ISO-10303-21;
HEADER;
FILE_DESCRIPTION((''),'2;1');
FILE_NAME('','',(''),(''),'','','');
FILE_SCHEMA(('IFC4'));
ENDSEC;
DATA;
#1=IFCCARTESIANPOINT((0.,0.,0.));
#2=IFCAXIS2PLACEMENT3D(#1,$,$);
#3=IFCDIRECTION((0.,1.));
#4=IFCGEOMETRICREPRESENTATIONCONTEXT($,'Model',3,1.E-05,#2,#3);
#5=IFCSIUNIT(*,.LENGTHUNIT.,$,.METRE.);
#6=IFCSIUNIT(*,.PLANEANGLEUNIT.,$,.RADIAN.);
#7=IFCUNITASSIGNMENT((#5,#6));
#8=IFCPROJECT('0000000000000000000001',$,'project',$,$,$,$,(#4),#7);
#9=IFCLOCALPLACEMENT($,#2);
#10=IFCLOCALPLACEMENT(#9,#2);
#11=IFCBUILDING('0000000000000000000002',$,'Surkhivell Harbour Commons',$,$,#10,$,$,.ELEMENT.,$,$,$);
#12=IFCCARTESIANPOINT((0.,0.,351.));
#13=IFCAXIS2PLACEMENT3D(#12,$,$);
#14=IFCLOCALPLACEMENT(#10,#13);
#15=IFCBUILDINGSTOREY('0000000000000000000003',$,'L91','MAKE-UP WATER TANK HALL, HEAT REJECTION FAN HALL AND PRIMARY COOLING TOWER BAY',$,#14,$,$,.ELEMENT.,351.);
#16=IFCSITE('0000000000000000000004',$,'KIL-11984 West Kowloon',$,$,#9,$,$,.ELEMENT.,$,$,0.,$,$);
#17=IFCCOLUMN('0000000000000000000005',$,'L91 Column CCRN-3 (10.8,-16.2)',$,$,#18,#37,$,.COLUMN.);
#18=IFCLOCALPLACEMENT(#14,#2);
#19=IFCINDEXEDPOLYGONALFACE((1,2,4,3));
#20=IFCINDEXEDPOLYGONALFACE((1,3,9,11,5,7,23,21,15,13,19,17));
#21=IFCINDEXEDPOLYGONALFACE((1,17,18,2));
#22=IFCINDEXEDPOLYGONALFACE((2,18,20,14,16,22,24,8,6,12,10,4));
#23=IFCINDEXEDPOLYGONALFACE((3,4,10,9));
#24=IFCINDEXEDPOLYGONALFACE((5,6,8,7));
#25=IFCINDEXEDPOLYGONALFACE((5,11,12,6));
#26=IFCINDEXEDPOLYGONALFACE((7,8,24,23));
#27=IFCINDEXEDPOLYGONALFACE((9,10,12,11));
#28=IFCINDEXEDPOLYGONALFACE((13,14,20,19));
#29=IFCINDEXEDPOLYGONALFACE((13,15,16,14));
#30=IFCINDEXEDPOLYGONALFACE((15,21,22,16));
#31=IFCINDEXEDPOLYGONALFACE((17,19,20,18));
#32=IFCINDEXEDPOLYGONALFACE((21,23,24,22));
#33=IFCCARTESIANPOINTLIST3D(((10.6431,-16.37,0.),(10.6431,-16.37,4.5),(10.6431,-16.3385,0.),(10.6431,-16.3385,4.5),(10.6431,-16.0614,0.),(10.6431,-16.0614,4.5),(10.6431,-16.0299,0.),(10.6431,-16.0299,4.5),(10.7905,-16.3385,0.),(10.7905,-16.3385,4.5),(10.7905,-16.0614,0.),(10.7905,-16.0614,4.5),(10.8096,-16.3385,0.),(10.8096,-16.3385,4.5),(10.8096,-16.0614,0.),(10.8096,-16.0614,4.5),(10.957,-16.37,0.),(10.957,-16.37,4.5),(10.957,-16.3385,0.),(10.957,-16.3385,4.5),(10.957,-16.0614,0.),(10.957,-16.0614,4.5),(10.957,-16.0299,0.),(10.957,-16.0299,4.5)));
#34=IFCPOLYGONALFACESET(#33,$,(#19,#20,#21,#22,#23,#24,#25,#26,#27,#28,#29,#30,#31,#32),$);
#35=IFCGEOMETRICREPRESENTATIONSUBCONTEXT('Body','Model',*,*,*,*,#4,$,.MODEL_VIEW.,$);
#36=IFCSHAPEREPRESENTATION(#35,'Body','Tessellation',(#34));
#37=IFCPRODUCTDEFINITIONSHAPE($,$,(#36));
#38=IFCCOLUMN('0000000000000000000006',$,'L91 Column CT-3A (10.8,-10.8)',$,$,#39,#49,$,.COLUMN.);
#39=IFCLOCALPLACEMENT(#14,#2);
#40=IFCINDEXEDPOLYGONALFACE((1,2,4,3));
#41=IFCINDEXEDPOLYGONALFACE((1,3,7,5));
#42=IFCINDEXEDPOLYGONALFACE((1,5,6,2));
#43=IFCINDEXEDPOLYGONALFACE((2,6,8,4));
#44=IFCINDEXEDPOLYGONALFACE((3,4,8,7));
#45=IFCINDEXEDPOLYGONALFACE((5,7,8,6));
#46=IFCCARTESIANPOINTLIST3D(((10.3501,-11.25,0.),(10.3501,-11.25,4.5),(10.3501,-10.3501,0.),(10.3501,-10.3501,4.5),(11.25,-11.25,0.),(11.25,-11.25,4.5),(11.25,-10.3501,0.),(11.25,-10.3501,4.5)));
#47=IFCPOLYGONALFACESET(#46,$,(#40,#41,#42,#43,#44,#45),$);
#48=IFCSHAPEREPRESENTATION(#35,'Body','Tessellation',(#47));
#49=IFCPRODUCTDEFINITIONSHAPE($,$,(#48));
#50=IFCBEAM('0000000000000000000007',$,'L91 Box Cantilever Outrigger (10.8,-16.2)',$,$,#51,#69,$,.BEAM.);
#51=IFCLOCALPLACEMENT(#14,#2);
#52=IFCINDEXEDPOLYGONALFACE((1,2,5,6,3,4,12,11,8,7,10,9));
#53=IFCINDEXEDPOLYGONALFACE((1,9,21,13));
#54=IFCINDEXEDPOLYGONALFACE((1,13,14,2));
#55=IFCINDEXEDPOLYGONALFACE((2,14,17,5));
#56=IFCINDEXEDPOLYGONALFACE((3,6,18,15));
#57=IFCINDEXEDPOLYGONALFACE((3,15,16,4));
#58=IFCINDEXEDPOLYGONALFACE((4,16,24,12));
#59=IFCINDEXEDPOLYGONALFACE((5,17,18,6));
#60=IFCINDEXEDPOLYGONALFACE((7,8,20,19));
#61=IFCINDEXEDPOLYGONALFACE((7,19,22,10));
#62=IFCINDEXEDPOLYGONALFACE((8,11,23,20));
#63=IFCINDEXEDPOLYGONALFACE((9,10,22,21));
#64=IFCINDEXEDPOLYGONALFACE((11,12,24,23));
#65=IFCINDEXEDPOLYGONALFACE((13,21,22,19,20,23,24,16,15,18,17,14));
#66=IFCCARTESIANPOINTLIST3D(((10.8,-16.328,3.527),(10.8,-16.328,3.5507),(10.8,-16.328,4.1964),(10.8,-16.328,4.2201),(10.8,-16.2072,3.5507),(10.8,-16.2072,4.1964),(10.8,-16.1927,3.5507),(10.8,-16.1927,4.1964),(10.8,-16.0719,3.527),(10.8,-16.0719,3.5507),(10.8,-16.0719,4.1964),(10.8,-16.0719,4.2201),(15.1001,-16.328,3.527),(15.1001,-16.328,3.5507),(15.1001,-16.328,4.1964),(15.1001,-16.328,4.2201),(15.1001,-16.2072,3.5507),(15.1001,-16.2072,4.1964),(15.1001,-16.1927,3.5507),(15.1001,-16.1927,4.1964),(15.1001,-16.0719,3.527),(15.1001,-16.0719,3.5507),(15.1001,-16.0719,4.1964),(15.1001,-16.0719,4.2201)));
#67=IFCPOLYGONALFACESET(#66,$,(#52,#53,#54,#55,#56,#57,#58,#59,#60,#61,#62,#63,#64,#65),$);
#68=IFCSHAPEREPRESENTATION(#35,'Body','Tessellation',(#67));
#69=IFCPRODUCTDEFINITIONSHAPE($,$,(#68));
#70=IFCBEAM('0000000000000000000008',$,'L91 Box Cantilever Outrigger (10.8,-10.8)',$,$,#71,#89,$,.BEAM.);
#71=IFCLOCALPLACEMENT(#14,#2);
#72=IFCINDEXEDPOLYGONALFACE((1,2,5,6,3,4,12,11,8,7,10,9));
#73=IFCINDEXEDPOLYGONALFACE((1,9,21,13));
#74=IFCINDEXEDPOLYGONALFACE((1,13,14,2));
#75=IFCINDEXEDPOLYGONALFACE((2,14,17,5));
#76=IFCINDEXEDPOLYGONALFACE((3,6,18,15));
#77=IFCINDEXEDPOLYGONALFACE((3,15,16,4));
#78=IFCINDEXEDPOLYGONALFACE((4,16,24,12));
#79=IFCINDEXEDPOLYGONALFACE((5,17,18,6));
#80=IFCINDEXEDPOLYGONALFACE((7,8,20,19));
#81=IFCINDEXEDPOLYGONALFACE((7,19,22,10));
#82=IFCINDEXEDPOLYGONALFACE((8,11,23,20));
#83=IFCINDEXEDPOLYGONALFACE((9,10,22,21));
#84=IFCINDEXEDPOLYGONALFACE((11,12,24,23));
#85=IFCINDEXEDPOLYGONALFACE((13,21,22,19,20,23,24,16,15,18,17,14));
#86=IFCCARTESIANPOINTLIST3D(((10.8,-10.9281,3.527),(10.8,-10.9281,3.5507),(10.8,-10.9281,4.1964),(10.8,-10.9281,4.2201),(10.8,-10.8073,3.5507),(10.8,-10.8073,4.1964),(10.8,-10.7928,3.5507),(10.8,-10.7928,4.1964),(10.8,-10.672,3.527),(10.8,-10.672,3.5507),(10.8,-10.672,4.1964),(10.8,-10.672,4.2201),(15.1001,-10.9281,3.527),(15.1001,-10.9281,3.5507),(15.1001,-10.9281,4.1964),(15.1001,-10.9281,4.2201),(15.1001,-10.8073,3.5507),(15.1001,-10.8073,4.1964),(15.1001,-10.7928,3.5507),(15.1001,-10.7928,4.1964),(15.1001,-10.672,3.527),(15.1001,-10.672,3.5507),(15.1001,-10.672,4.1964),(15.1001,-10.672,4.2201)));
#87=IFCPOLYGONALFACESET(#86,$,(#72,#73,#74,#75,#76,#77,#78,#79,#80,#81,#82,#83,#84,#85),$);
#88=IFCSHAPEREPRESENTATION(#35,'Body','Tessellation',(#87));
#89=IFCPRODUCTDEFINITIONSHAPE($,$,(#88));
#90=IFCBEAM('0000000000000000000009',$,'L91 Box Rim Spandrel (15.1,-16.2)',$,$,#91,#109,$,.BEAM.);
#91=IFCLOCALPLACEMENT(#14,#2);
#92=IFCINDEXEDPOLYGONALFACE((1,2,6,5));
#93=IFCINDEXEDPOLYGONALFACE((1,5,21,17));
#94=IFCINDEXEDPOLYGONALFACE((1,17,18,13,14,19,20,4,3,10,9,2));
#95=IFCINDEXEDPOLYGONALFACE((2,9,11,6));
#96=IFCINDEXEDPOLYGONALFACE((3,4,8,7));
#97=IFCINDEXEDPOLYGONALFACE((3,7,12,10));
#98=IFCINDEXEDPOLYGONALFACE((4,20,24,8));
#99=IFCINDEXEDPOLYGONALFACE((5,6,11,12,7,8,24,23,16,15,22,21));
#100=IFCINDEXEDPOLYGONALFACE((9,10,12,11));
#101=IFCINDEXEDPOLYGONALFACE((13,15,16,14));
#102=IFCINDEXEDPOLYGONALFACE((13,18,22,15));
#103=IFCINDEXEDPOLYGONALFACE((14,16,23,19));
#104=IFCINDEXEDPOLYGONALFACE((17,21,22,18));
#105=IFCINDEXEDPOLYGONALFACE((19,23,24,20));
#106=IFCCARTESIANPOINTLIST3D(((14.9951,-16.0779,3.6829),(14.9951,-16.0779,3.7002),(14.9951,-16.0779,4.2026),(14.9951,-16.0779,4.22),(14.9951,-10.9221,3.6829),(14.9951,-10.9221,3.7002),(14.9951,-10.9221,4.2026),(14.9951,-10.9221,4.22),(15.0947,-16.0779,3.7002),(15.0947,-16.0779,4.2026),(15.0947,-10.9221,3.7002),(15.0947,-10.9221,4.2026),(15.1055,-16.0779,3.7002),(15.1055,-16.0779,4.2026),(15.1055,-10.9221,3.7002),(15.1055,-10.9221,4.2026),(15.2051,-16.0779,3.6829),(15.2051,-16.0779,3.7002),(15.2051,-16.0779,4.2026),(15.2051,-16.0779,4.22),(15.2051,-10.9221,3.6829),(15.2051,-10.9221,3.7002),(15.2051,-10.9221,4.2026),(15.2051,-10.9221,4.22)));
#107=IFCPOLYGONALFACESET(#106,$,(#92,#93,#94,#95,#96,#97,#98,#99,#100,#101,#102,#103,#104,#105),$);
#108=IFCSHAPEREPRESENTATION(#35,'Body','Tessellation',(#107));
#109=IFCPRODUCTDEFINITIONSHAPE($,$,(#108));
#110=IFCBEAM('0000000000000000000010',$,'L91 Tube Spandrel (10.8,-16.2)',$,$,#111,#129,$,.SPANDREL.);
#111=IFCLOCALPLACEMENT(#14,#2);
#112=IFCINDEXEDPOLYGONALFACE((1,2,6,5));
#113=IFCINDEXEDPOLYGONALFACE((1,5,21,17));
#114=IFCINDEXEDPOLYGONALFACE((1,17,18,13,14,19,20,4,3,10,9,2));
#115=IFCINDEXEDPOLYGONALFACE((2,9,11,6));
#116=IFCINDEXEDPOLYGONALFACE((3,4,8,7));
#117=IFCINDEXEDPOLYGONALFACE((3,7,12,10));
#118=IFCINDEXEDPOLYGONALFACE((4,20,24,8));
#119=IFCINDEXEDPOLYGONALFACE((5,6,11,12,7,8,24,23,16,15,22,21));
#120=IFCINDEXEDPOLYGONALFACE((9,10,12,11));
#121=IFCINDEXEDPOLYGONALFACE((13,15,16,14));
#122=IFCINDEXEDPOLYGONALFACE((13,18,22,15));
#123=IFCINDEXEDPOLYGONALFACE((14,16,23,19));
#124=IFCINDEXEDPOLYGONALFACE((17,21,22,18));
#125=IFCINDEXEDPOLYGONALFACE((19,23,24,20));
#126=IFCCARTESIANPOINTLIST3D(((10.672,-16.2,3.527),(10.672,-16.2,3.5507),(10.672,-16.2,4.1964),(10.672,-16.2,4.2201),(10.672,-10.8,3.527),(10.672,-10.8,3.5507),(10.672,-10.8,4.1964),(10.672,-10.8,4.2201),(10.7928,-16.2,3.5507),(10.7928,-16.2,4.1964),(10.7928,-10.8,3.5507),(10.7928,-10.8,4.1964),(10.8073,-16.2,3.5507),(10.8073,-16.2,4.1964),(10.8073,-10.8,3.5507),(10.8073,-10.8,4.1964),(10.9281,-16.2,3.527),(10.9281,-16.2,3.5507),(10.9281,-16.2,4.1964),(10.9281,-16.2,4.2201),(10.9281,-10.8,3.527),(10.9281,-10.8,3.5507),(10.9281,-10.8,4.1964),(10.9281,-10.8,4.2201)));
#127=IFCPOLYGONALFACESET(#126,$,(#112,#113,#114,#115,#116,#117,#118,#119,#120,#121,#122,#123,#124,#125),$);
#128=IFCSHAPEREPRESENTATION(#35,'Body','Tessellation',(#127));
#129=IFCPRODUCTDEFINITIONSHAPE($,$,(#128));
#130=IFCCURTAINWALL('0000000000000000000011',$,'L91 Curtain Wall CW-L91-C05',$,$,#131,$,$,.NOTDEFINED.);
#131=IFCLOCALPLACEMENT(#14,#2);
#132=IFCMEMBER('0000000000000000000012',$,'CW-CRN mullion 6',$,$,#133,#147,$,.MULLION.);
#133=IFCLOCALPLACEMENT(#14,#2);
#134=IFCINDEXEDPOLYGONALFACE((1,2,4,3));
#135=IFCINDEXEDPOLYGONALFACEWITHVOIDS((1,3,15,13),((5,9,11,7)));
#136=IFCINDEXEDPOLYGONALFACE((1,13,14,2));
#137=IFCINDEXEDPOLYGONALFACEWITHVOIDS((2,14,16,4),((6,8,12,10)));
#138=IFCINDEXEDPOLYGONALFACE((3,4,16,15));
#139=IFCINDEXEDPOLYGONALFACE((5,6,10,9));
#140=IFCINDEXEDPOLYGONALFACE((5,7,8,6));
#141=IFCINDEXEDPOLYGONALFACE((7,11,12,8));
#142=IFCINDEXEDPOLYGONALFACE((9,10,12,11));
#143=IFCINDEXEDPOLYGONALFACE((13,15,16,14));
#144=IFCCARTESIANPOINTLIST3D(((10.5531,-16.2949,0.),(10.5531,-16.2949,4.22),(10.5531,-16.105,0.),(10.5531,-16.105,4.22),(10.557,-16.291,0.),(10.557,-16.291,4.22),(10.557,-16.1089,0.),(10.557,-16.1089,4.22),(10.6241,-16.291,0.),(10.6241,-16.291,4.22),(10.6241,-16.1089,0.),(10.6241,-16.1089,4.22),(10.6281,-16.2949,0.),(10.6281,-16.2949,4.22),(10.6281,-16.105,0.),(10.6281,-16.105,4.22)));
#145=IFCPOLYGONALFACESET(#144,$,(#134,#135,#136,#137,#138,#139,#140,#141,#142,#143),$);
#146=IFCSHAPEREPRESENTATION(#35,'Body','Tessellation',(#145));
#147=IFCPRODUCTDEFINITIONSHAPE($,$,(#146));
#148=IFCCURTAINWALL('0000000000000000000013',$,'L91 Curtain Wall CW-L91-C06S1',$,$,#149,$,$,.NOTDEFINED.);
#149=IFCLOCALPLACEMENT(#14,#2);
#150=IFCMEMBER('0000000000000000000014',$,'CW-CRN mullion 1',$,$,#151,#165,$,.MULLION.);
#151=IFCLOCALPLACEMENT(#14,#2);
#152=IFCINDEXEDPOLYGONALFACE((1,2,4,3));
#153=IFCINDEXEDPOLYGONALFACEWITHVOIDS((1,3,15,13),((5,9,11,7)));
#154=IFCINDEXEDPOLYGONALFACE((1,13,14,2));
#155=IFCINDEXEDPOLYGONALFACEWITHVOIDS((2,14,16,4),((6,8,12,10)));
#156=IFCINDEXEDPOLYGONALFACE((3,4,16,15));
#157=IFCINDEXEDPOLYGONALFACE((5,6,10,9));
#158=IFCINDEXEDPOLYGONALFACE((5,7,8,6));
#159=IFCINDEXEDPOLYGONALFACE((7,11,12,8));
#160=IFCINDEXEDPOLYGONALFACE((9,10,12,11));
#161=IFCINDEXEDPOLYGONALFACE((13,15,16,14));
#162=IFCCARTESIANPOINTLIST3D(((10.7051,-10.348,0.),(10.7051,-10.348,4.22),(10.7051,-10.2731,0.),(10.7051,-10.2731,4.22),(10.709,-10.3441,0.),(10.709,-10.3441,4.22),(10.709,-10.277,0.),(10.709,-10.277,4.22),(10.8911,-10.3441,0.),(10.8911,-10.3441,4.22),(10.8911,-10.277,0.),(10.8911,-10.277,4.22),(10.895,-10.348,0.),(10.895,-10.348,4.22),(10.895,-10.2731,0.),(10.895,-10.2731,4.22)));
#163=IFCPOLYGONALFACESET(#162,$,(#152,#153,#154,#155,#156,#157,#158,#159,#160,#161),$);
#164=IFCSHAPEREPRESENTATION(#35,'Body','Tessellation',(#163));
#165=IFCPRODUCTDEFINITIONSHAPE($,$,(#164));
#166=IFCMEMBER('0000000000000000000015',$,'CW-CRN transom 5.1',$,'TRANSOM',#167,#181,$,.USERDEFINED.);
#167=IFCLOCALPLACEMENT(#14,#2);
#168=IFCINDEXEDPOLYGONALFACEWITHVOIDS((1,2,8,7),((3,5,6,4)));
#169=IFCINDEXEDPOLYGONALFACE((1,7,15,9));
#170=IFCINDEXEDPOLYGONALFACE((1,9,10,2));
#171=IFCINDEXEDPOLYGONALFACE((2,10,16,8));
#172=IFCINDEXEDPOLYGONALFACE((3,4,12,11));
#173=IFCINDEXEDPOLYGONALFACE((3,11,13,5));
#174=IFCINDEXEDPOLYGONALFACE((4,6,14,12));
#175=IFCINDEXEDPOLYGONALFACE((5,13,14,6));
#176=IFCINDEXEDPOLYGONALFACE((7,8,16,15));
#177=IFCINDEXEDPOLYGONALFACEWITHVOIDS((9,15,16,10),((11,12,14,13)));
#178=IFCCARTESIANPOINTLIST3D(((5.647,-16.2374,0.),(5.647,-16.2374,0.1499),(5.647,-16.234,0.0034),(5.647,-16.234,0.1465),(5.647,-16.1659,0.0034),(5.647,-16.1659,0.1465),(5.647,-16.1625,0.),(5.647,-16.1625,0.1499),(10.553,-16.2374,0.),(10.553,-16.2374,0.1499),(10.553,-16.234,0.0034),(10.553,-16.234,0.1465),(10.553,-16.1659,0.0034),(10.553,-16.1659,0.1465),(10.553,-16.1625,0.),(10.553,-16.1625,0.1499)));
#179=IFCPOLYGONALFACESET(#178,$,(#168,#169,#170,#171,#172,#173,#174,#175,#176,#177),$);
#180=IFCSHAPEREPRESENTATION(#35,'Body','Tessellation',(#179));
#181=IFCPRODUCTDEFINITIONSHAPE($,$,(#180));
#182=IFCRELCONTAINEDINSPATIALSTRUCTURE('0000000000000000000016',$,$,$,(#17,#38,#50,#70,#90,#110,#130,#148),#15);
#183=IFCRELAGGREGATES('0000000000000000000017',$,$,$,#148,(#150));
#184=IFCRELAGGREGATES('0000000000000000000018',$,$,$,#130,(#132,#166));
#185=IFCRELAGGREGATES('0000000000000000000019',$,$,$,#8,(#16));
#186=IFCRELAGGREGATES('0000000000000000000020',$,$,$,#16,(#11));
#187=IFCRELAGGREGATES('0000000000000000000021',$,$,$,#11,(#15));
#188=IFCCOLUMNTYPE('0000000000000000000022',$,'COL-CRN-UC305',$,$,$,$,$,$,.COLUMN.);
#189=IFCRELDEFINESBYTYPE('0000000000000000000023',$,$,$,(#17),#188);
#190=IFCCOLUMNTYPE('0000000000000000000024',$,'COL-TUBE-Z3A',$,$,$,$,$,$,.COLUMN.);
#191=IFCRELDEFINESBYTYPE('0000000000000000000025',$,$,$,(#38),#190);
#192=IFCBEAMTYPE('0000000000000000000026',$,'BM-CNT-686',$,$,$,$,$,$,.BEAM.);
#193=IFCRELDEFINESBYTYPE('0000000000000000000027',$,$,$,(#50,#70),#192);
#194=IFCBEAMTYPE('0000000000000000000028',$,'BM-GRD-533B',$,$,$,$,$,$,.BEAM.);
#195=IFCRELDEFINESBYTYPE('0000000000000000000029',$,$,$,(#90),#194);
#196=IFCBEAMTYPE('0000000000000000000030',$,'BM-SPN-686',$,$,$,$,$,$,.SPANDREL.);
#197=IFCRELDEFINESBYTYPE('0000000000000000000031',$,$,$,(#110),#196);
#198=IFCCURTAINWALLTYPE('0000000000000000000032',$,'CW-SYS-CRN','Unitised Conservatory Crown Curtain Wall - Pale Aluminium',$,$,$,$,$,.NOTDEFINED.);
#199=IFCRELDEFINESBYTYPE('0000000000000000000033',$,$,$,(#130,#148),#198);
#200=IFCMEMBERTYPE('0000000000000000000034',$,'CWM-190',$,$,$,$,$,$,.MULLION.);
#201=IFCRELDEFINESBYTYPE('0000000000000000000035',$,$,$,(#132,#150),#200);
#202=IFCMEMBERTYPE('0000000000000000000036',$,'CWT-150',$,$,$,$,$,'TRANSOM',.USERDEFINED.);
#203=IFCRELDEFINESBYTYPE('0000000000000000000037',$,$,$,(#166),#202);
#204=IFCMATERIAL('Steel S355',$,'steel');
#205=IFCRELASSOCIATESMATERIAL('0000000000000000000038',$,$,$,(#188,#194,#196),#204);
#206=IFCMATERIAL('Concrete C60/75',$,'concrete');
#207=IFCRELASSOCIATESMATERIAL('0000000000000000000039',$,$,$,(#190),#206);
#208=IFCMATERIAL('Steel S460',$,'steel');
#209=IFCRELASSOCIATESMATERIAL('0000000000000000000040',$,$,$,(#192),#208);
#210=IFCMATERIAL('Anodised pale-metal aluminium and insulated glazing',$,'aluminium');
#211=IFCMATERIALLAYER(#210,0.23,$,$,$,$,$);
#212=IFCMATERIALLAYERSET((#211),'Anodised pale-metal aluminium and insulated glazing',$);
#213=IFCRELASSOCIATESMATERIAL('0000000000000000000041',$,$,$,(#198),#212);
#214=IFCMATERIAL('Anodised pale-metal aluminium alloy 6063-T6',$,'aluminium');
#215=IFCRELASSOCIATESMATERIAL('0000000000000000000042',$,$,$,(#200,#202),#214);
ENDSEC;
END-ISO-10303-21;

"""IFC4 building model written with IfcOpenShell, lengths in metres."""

from ifc_helpers import new_model, si_unit, direction, frame, origin, origin_2d, place, context, subcontext, project, spatial, rectangle, hollow_rectangle, i_section, extrude, material, layer, layer_set, material_profile, profile_set, type_object, element, aggregate, save


model = new_model("IFC4")

# Units and contexts
model_context = context("Model", 3, precision=1e-05, world=origin(), true_north=direction((0.0, 1.0)))
body_context = subcontext(model_context, "Body", "Model", "MODEL_VIEW")
ifc_project = project(units=[si_unit("LENGTHUNIT", "METRE"), si_unit("PLANEANGLEUNIT", "RADIAN")], contexts=[model_context])

# Site, building, storey
site_placement = place(None, origin())
site = spatial("IfcSite", under=ifc_project, at=site_placement, Name="KIL-11984 West Kowloon", CompositionType="ELEMENT", RefElevation=0.0)
building_placement = place(site_placement, origin())
building = spatial("IfcBuilding", under=site, at=building_placement, Name="Surkhivell Harbour Commons", CompositionType="ELEMENT")
storey_placement = place(building_placement, frame((0.0, 0.0, 351.0)))
storey = spatial("IfcBuildingStorey", under=building, at=storey_placement, Name="L91", Description="MAKE-UP WATER TANK HALL, HEAT REJECTION FAN HALL AND PRIMARY COOLING TOWER BAY", CompositionType="ELEMENT", Elevation=351.0)

# Columns
ifc_material_1 = material(Name="Steel S355", Category="steel")
ifc_material_profile_1 = material_profile(ifc_material_1, i_section(OverallWidth=0.314, OverallDepth=0.3401, WebThickness=0.019, FlangeThickness=0.0315, at=origin_2d()), Name="UC305x305x198")
ifc_profile_set_1 = profile_set([ifc_material_profile_1], Name="Steel S355")
column_type_1 = type_object("IfcColumnType", Name="COL-CRN-UC305", PredefinedType="COLUMN", material=ifc_profile_set_1)
column_1_placement = place(storey_placement, frame((10.8, -16.2, 0.0), z_axis=(0.0, 0.0, 1.0), x_axis=(1.0, 0.0, 0.0)))
element("IfcColumn", 1, at=column_1_placement, inside=storey, type_object=column_type_1, Name="L91 Column CCRN-3 (10.8,-16.2)", PredefinedType="COLUMN", context=body_context, shape_type="SweptSolid", body=[
    extrude(i_section(OverallWidth=0.314, OverallDepth=0.3401, WebThickness=0.019, FlangeThickness=0.0315, at=origin_2d()), origin(), (0.0, 0.0, 1.0), 4.5),
])
ifc_material_2 = material(Name="Concrete C60/75", Category="concrete")
ifc_material_profile_2 = material_profile(ifc_material_2, rectangle(XDim=0.8999, YDim=0.8999, at=origin_2d()), Name="RC-COL-900x900")
ifc_profile_set_2 = profile_set([ifc_material_profile_2], Name="Concrete C60/75")
column_type_2 = type_object("IfcColumnType", Name="COL-TUBE-Z3A", PredefinedType="COLUMN", material=ifc_profile_set_2)
column_2_placement = place(storey_placement, frame((10.8, -10.8, 0.0), z_axis=(0.0, 0.0, 1.0), x_axis=(1.0, 0.0, 0.0)))
element("IfcColumn", 2, at=column_2_placement, inside=storey, type_object=column_type_2, Name="L91 Column CT-3A (10.8,-10.8)", PredefinedType="COLUMN", context=body_context, shape_type="SweptSolid", body=[
    extrude(rectangle(XDim=0.8999, YDim=0.8999, at=origin_2d()), origin(), (0.0, 0.0, 1.0), 4.5),
])

# Beams
ifc_material_3 = material(Name="Steel S460", Category="steel")
ifc_material_profile_3 = material_profile(ifc_material_3, i_section(OverallWidth=0.2561, OverallDepth=0.6931, WebThickness=0.0144, FlangeThickness=0.0237, at=origin_2d()), Name="UB686x254x170")
ifc_profile_set_3 = profile_set([ifc_material_profile_3], Name="Steel S460")
beam_type_1 = type_object("IfcBeamType", Name="BM-CNT-686", PredefinedType="BEAM", material=ifc_profile_set_3)
for number, where, z_axis, x_axis, name in (
    (3, (10.8, -16.2, 3.8735), (1.0, 0.0, 0.0), (0.0, 1.0, 0.0), "L91 Box Cantilever Outrigger (10.8,-16.2)"),
    (4, (10.8, -10.8, 3.8735), (1.0, 0.0, 0.0), (0.0, 1.0, 0.0), "L91 Box Cantilever Outrigger (10.8,-10.8)"),
):
    element("IfcBeam", number, at=place(storey_placement, frame(where, z_axis=z_axis, x_axis=x_axis)), inside=storey, type_object=beam_type_1, Name=name, PredefinedType="BEAM", context=body_context, shape_type="SweptSolid", body=[
        extrude(i_section(OverallWidth=0.2561, OverallDepth=0.6931, WebThickness=0.0144, FlangeThickness=0.0237, at=origin_2d()), origin(), (0.0, 0.0, 1.0), 4.3),
    ])
ifc_material_profile_4 = material_profile(ifc_material_1, i_section(OverallWidth=0.21, OverallDepth=0.5371, WebThickness=0.0107, FlangeThickness=0.0173, at=origin_2d()), Name="UB533x210x101")
ifc_profile_set_4 = profile_set([ifc_material_profile_4], Name="Steel S355")
beam_type_2 = type_object("IfcBeamType", Name="BM-GRD-533B", PredefinedType="BEAM", material=ifc_profile_set_4)
beam_1_placement = place(storey_placement, frame((15.1001, -16.0779, 3.9514), z_axis=(0.0, 1.0, 0.0), x_axis=(-1.0, 0.0, 0.0)))
element("IfcBeam", 5, at=beam_1_placement, inside=storey, type_object=beam_type_2, Name="L91 Box Rim Spandrel (15.1,-16.2)", PredefinedType="BEAM", context=body_context, shape_type="SweptSolid", body=[
    extrude(i_section(OverallWidth=0.21, OverallDepth=0.5371, WebThickness=0.0107, FlangeThickness=0.0173, at=origin_2d()), origin(), (0.0, 0.0, 1.0), 5.1558),
])
ifc_material_profile_5 = material_profile(ifc_material_1, i_section(OverallWidth=0.2561, OverallDepth=0.6931, WebThickness=0.0144, FlangeThickness=0.0237, at=origin_2d()), Name="UB686x254x170")
ifc_profile_set_5 = profile_set([ifc_material_profile_5], Name="Steel S355")
beam_type_3 = type_object("IfcBeamType", Name="BM-SPN-686", PredefinedType="SPANDREL", material=ifc_profile_set_5)
beam_2_placement = place(storey_placement, frame((10.8, -16.2, 3.8735), z_axis=(0.0, 1.0, 0.0), x_axis=(-1.0, 0.0, 0.0)))
element("IfcBeam", 6, at=beam_2_placement, inside=storey, type_object=beam_type_3, Name="L91 Tube Spandrel (10.8,-16.2)", PredefinedType="SPANDREL", context=body_context, shape_type="SweptSolid", body=[
    extrude(i_section(OverallWidth=0.2561, OverallDepth=0.6931, WebThickness=0.0144, FlangeThickness=0.0237, at=origin_2d()), origin(), (0.0, 0.0, 1.0), 5.3999),
])

# Curtain walls, members
ifc_material_4 = material(Name="Anodised pale-metal aluminium and insulated glazing", Category="aluminium")
ifc_layer_1 = layer(ifc_material_4, 0.23)
ifc_layer_set_1 = layer_set([ifc_layer_1], Name="Anodised pale-metal aluminium and insulated glazing")
curtain_wall_type = type_object("IfcCurtainWallType", Name="CW-SYS-CRN", Description="Unitised Conservatory Crown Curtain Wall - Pale Aluminium", PredefinedType="NOTDEFINED", material=ifc_layer_set_1)
curtain_wall_1_placement = place(storey_placement, origin())
curtain_wall_1 = element("IfcCurtainWall", 7, at=curtain_wall_1_placement, inside=storey, type_object=curtain_wall_type, Name="L91 Curtain Wall CW-L91-C05", PredefinedType="NOTDEFINED")
ifc_material_5 = material(Name="Anodised pale-metal aluminium alloy 6063-T6", Category="aluminium")
ifc_material_profile_6 = material_profile(ifc_material_5, hollow_rectangle(XDim=0.075, YDim=0.1899, WallThickness=0.0039, at=origin_2d()), Name="ALU-MULL-75x190")
ifc_profile_set_6 = profile_set([ifc_material_profile_6], Name="Anodised pale-metal aluminium alloy 6063-T6")
member_type_1 = type_object("IfcMemberType", Name="CWM-190", PredefinedType="MULLION", material=ifc_profile_set_6)
member_1_placement = place(storey_placement, frame((10.5906, -16.2, 0.0), z_axis=(0.0, 0.0, 1.0), x_axis=(1.0, 0.0, 0.0)))
member_1 = element("IfcMember", 8, at=member_1_placement, type_object=member_type_1, Name="CW-CRN mullion 6", PredefinedType="MULLION", context=body_context, shape_type="SweptSolid", body=[
    extrude(hollow_rectangle(XDim=0.075, YDim=0.1899, WallThickness=0.0039, at=origin_2d()), origin(), (0.0, 0.0, 1.0), 4.22),
])
curtain_wall_2_placement = place(storey_placement, origin())
curtain_wall_2 = element("IfcCurtainWall", 9, at=curtain_wall_2_placement, inside=storey, type_object=curtain_wall_type, Name="L91 Curtain Wall CW-L91-C06S1", PredefinedType="NOTDEFINED")
member_2_placement = place(storey_placement, frame((10.8, -10.3105, 0.0), z_axis=(0.0, 0.0, 1.0), x_axis=(0.0, 1.0, 0.0)))
member_2 = element("IfcMember", 10, at=member_2_placement, type_object=member_type_1, Name="CW-CRN mullion 1", PredefinedType="MULLION", context=body_context, shape_type="SweptSolid", body=[
    extrude(hollow_rectangle(XDim=0.075, YDim=0.1899, WallThickness=0.0039, at=origin_2d()), origin(), (0.0, 0.0, 1.0), 4.22),
])
aggregate(curtain_wall_2, [member_2])

# Member
ifc_material_profile_7 = material_profile(ifc_material_5, hollow_rectangle(XDim=0.075, YDim=0.1499, WallThickness=0.0034, at=origin_2d()), Name="ALU-TRAN-75x150")
ifc_profile_set_7 = profile_set([ifc_material_profile_7], Name="Anodised pale-metal aluminium alloy 6063-T6")
member_type_2 = type_object("IfcMemberType", Name="CWT-150", ElementType="TRANSOM", PredefinedType="USERDEFINED", material=ifc_profile_set_7)
member_3_placement = place(storey_placement, frame((5.647, -16.2, 0.075), z_axis=(1.0, 0.0, 0.0), x_axis=(0.0, 1.0, 0.0)))
member_3 = element("IfcMember", 11, at=member_3_placement, type_object=member_type_2, Name="CW-CRN transom 5.1", ObjectType="TRANSOM", PredefinedType="USERDEFINED", context=body_context, shape_type="SweptSolid", body=[
    extrude(hollow_rectangle(XDim=0.075, YDim=0.1499, WallThickness=0.0034, at=origin_2d()), origin(), (0.0, 0.0, 1.0), 4.906),
])

aggregate(curtain_wall_1, [member_1, member_3])

save(model, "model.ifc")
